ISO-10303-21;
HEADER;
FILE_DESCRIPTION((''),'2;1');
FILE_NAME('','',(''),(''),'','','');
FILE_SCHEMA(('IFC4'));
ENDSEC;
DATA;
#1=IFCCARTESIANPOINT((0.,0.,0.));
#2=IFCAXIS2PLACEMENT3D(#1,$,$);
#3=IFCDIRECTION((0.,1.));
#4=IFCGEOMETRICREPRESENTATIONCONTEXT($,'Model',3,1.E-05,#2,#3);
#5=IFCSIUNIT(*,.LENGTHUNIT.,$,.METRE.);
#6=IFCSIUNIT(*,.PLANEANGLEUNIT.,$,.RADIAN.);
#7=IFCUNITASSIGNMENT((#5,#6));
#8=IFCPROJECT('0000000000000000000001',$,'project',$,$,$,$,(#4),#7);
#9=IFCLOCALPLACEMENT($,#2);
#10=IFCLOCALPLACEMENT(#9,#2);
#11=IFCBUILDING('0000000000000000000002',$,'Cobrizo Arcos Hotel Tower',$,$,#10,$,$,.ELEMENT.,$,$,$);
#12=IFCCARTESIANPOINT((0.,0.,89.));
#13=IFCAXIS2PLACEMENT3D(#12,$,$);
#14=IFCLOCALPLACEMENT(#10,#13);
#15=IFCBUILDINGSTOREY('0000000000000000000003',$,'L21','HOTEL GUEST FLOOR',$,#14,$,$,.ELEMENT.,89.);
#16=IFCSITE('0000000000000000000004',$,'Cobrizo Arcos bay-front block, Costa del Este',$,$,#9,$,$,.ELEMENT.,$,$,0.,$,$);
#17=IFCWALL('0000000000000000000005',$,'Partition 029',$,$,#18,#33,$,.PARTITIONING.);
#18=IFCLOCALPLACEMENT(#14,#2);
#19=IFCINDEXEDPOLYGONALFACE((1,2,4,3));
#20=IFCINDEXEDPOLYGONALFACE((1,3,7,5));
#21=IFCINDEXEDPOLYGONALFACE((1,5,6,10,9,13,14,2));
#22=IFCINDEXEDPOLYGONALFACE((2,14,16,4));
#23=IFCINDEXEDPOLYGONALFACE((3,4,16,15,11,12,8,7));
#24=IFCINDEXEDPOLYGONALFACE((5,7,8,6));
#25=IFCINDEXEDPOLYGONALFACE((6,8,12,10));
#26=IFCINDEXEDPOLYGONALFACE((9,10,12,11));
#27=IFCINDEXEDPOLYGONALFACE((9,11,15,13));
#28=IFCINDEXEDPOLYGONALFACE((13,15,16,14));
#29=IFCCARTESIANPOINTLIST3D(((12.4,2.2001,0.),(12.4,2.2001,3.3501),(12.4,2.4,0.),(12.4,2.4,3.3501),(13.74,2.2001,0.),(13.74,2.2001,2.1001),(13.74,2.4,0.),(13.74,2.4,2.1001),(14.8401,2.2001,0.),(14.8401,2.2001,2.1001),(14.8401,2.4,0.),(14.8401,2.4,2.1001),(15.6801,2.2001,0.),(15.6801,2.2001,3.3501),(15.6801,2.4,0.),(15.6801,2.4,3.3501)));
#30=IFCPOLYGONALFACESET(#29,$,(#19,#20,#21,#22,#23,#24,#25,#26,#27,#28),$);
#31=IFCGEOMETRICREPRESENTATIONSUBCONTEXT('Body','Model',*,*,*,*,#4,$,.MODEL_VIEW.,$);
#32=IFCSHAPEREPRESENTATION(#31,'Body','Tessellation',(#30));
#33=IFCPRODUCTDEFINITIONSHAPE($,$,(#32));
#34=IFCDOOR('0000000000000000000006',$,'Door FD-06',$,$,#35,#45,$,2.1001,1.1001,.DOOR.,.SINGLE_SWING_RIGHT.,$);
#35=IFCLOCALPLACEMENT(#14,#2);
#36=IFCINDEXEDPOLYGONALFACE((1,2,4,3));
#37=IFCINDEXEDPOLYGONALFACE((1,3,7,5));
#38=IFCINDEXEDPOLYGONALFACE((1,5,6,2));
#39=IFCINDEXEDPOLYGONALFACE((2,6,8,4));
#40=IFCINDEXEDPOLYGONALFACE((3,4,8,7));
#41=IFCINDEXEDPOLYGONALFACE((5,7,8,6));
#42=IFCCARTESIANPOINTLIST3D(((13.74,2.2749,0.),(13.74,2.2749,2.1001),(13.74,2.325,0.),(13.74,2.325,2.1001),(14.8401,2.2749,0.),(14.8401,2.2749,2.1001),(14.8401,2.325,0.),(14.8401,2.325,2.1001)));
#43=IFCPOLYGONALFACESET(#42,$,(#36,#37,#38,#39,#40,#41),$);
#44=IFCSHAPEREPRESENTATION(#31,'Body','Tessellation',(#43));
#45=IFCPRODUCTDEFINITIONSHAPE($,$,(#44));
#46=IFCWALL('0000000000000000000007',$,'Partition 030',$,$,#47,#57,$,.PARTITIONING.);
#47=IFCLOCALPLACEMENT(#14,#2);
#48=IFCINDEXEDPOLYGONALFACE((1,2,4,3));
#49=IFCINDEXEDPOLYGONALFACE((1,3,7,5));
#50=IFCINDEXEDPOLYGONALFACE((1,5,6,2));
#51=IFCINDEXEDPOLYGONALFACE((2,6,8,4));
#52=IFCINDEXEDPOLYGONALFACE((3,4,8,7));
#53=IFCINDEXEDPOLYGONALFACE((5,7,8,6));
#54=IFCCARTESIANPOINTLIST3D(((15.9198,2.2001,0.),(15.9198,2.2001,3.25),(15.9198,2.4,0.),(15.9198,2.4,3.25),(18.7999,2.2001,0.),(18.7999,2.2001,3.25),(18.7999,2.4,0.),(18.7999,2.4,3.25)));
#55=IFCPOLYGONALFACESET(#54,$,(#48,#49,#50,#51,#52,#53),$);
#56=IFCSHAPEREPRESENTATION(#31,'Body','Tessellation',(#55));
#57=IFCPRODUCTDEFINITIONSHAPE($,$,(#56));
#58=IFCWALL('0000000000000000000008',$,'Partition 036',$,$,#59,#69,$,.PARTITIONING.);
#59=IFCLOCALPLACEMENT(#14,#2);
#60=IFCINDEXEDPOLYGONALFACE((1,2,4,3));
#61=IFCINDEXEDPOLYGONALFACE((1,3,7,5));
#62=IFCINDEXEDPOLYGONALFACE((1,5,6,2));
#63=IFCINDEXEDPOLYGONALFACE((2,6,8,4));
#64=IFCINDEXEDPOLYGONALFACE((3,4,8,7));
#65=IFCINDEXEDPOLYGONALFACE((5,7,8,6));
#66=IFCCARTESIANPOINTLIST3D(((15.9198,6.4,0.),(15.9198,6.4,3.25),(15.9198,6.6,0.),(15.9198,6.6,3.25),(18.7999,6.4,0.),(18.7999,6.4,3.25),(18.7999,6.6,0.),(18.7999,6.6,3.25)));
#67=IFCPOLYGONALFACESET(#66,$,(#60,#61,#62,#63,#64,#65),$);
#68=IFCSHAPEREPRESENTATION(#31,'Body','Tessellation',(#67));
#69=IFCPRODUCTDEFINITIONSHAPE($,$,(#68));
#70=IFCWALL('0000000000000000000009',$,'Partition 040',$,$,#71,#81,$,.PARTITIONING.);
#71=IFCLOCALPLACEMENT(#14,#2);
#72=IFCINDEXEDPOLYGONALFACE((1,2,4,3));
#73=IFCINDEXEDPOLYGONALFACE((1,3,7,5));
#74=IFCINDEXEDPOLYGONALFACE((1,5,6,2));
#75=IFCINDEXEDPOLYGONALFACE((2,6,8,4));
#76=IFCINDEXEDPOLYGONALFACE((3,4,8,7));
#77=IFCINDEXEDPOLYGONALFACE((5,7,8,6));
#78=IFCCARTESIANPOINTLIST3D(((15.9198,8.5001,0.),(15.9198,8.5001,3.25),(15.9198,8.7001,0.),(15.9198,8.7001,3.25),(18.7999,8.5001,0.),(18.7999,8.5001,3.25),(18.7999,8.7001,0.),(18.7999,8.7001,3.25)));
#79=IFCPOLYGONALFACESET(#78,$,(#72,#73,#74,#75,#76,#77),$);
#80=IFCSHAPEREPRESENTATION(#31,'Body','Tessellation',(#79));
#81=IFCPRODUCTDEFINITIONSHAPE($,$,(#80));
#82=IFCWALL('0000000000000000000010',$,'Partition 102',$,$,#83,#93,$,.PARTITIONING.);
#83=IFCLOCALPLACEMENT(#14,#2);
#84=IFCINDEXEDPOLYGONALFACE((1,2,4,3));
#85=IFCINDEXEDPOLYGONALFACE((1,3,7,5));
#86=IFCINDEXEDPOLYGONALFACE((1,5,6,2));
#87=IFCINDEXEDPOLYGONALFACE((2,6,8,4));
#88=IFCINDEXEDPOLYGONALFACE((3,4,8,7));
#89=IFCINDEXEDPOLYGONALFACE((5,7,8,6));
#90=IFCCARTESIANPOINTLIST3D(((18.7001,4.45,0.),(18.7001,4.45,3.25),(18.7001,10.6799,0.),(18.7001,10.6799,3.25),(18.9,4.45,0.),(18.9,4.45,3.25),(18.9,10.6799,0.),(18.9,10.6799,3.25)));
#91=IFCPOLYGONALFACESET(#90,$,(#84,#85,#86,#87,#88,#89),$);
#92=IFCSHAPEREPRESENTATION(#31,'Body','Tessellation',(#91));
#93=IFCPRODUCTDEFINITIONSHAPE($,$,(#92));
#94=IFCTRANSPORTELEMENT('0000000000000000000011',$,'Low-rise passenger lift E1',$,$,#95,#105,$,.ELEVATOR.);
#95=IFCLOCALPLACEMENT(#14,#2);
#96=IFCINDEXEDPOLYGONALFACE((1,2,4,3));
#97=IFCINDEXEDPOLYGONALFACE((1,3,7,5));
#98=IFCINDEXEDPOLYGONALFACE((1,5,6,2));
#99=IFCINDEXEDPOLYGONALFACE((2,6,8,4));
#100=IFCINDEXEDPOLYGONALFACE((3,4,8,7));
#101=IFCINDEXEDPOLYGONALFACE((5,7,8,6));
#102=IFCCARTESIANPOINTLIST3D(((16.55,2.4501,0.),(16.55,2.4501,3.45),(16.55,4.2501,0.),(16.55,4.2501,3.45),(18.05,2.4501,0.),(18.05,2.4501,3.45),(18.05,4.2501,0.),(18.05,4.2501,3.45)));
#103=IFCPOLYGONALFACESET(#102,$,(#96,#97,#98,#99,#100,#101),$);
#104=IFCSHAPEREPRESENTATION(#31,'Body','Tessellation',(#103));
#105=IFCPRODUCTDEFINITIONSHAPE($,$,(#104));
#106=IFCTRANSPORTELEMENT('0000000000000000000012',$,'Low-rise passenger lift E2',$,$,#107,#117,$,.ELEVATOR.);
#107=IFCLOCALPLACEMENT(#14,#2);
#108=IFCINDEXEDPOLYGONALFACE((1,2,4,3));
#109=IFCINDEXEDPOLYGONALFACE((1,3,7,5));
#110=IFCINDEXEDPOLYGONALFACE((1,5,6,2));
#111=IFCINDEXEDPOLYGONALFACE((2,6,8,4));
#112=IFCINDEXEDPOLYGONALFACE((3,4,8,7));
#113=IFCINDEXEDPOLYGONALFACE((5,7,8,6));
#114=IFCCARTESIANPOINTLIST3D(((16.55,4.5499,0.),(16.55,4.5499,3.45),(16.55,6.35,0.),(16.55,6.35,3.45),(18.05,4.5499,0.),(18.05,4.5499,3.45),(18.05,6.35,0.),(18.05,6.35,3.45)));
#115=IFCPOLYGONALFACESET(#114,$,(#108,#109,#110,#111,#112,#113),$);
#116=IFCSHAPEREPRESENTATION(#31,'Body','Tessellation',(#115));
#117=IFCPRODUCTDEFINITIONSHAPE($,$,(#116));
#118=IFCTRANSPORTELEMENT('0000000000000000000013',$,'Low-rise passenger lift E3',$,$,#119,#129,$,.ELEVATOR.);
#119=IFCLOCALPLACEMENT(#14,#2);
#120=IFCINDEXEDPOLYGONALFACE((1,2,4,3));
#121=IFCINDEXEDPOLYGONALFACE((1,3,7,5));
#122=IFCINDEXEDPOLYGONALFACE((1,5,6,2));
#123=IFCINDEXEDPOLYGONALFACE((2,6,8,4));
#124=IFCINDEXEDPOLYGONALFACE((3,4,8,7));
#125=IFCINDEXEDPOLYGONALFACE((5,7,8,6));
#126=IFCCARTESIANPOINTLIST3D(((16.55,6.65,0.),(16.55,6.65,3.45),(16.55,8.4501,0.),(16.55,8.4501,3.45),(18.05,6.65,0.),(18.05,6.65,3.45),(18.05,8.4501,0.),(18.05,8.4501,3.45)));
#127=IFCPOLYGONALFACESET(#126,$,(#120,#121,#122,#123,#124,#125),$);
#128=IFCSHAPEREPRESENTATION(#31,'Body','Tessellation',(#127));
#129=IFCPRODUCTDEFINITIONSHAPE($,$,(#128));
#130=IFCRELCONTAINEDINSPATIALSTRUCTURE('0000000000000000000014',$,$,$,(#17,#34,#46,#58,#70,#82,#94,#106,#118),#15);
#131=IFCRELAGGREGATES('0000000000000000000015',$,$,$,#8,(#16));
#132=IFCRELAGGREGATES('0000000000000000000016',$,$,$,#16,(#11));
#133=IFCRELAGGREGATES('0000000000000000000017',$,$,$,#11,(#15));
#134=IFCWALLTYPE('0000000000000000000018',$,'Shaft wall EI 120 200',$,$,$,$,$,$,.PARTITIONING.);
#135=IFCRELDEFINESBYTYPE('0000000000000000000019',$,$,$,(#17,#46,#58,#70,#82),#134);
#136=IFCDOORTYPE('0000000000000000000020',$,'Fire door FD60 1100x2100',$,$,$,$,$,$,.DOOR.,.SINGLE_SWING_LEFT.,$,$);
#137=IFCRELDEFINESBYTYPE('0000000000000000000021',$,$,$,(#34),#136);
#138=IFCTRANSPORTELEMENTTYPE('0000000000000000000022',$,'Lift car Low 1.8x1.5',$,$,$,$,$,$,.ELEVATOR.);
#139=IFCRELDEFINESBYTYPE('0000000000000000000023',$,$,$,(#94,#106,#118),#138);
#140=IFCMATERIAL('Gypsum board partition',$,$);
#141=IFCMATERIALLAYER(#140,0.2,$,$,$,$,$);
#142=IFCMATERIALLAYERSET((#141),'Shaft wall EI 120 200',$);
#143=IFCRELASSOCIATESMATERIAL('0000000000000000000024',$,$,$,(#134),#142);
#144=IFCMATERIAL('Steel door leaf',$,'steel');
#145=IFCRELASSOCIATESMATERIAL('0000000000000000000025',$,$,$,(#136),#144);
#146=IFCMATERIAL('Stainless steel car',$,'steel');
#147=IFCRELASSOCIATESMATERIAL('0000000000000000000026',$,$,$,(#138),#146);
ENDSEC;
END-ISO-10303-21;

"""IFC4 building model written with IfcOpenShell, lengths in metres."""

from ifc_helpers import new_model, si_unit, direction, frame, frame_2d, origin, origin_2d, place, context, subcontext, project, spatial, rectangle, extrude, material, layer, layer_set, type_object, element, fill, save


model = new_model("IFC4")

# Units and contexts
model_context = context("Model", 3, precision=1e-05, world=origin(), true_north=direction((0.0, 1.0)))
body_context = subcontext(model_context, "Body", "Model", "MODEL_VIEW")
ifc_project = project(units=[si_unit("LENGTHUNIT", "METRE"), si_unit("PLANEANGLEUNIT", "RADIAN")], contexts=[model_context])

# Site, building, storey
site_placement = place(None, origin())
site = spatial("IfcSite", under=ifc_project, at=site_placement, Name="Cobrizo Arcos bay-front block, Costa del Este", CompositionType="ELEMENT", RefElevation=0.0)
building_placement = place(site_placement, origin())
building = spatial("IfcBuilding", under=site, at=building_placement, Name="Cobrizo Arcos Hotel Tower", CompositionType="ELEMENT")
storey_placement = place(building_placement, frame((0.0, 0.0, 89.0)))
storey = spatial("IfcBuildingStorey", under=building, at=storey_placement, Name="L21", Description="HOTEL GUEST FLOOR", CompositionType="ELEMENT", Elevation=89.0)

# Shared definitions
ifc_material_1 = material(Name="Gypsum board partition")

# Shared definitions
ifc_layer_1 = layer(ifc_material_1, 0.2)
ifc_layer_set_1 = layer_set([ifc_layer_1], Name="Shaft wall EI 120 200")
wall_type_1 = type_object("IfcWallType", Name="Shaft wall EI 120 200", PredefinedType="PARTITIONING", material=ifc_layer_set_1)

# Wall, opening, door
wall_1_placement = place(storey_placement, frame((12.3999, 2.3, 0.0), z_axis=(0.0, 0.0, 1.0), x_axis=(1.0, 0.0, 0.0)))
wall_1 = element("IfcWall", 1, at=wall_1_placement, inside=storey, type_object=wall_type_1, Name="Partition 029", PredefinedType="PARTITIONING", context=body_context, shape_type="SweptSolid", body=[
    extrude(rectangle(XDim=3.28, YDim=0.2, at=frame_2d((1.6401, 0.0))), origin(), (0.0, 0.0, 1.0), 3.3501),
])
opening_1_placement = place(wall_1_placement, frame((1.3401, 0.0, 0.0)))
opening_1 = element("IfcOpeningElement", 2, at=opening_1_placement, cuts=wall_1, PredefinedType="OPENING", context=body_context, shape_type="SweptSolid", body=[
    extrude(rectangle(XDim=1.1001, YDim=2.1001, at=frame_2d((0.55, 1.05))), frame((0.0, 0.1121, 0.0), z_axis=(0.0, -1.0, 0.0), x_axis=(1.0, 0.0, 0.0)), (0.0, 0.0, 1.0), 0.2239),
])
ifc_material_2 = material(Name="Steel door leaf", Category="steel")
door_type_1 = type_object("IfcDoorType", Name="Fire door FD60 1100x2100", OperationType="SINGLE_SWING_LEFT", PredefinedType="DOOR", material=ifc_material_2)
door_1_placement = place(opening_1_placement, origin())
door_1 = element("IfcDoor", 3, at=door_1_placement, inside=storey, type_object=door_type_1, Name="Door FD-06", OperationType="SINGLE_SWING_RIGHT", OverallHeight=2.1001, OverallWidth=1.1001, PredefinedType="DOOR", context=body_context, shape_type="SweptSolid", body=[
    extrude(rectangle(XDim=1.1001, YDim=2.1001, at=frame_2d((0.55, 1.05))), frame((0.0, 0.0249, 0.0), z_axis=(0.0, -1.0, 0.0), x_axis=(1.0, 0.0, 0.0)), (0.0, 0.0, 1.0), 0.05),
])
fill(opening_1, door_1)

# Walls
for number, where, z_axis, x_axis, name in (
    (4, (15.9199, 2.3, 0.0), (0.0, 0.0, 1.0), (1.0, 0.0, 0.0), "Partition 030"),
    (5, (15.9199, 6.5, 0.0), (0.0, 0.0, 1.0), (1.0, 0.0, 0.0), "Partition 036"),
    (6, (15.9199, 8.6001, 0.0), (0.0, 0.0, 1.0), (1.0, 0.0, 0.0), "Partition 040"),
):
    element("IfcWall", number, at=place(storey_placement, frame(where, z_axis=z_axis, x_axis=x_axis)), inside=storey, type_object=wall_type_1, Name=name, PredefinedType="PARTITIONING", context=body_context, shape_type="SweptSolid", body=[
        extrude(rectangle(XDim=2.8801, YDim=0.2, at=frame_2d((1.4399, 0.0))), origin(), (0.0, 0.0, 1.0), 3.25),
    ])
wall_2_placement = place(storey_placement, frame((18.8, 4.45, 0.0), z_axis=(0.0, 0.0, 1.0), x_axis=(0.0, 1.0, 0.0)))
element("IfcWall", 7, at=wall_2_placement, inside=storey, type_object=wall_type_1, Name="Partition 102", PredefinedType="PARTITIONING", context=body_context, shape_type="SweptSolid", body=[
    extrude(rectangle(XDim=6.23, YDim=0.2, at=frame_2d((3.115, 0.0))), origin(), (0.0, 0.0, 1.0), 3.25),
])

# Transport elements
ifc_material_3 = material(Name="Stainless steel car", Category="steel")
transport_element_type = type_object("IfcTransportElementType", Name="Lift car Low 1.8x1.5", PredefinedType="ELEVATOR", material=ifc_material_3)
for number, where, z_axis, x_axis, name in (
    (8, (17.3, 3.3501, 0.0), (0.0, 0.0, 1.0), (1.0, 0.0, 0.0), "Low-rise passenger lift E1"),
    (9, (17.3, 5.45, 0.0), (0.0, 0.0, 1.0), (1.0, 0.0, 0.0), "Low-rise passenger lift E2"),
    (10, (17.3, 7.55, 0.0), (0.0, 0.0, 1.0), (1.0, 0.0, 0.0), "Low-rise passenger lift E3"),
):
    element("IfcTransportElement", number, at=place(storey_placement, frame(where, z_axis=z_axis, x_axis=x_axis)), inside=storey, type_object=transport_element_type, Name=name, PredefinedType="ELEVATOR", context=body_context, shape_type="SweptSolid", body=[
        extrude(rectangle(XDim=1.5, YDim=1.8, at=origin_2d()), origin(), (0.0, 0.0, 1.0), 3.45),
    ])

save(model, "model.ifc")
